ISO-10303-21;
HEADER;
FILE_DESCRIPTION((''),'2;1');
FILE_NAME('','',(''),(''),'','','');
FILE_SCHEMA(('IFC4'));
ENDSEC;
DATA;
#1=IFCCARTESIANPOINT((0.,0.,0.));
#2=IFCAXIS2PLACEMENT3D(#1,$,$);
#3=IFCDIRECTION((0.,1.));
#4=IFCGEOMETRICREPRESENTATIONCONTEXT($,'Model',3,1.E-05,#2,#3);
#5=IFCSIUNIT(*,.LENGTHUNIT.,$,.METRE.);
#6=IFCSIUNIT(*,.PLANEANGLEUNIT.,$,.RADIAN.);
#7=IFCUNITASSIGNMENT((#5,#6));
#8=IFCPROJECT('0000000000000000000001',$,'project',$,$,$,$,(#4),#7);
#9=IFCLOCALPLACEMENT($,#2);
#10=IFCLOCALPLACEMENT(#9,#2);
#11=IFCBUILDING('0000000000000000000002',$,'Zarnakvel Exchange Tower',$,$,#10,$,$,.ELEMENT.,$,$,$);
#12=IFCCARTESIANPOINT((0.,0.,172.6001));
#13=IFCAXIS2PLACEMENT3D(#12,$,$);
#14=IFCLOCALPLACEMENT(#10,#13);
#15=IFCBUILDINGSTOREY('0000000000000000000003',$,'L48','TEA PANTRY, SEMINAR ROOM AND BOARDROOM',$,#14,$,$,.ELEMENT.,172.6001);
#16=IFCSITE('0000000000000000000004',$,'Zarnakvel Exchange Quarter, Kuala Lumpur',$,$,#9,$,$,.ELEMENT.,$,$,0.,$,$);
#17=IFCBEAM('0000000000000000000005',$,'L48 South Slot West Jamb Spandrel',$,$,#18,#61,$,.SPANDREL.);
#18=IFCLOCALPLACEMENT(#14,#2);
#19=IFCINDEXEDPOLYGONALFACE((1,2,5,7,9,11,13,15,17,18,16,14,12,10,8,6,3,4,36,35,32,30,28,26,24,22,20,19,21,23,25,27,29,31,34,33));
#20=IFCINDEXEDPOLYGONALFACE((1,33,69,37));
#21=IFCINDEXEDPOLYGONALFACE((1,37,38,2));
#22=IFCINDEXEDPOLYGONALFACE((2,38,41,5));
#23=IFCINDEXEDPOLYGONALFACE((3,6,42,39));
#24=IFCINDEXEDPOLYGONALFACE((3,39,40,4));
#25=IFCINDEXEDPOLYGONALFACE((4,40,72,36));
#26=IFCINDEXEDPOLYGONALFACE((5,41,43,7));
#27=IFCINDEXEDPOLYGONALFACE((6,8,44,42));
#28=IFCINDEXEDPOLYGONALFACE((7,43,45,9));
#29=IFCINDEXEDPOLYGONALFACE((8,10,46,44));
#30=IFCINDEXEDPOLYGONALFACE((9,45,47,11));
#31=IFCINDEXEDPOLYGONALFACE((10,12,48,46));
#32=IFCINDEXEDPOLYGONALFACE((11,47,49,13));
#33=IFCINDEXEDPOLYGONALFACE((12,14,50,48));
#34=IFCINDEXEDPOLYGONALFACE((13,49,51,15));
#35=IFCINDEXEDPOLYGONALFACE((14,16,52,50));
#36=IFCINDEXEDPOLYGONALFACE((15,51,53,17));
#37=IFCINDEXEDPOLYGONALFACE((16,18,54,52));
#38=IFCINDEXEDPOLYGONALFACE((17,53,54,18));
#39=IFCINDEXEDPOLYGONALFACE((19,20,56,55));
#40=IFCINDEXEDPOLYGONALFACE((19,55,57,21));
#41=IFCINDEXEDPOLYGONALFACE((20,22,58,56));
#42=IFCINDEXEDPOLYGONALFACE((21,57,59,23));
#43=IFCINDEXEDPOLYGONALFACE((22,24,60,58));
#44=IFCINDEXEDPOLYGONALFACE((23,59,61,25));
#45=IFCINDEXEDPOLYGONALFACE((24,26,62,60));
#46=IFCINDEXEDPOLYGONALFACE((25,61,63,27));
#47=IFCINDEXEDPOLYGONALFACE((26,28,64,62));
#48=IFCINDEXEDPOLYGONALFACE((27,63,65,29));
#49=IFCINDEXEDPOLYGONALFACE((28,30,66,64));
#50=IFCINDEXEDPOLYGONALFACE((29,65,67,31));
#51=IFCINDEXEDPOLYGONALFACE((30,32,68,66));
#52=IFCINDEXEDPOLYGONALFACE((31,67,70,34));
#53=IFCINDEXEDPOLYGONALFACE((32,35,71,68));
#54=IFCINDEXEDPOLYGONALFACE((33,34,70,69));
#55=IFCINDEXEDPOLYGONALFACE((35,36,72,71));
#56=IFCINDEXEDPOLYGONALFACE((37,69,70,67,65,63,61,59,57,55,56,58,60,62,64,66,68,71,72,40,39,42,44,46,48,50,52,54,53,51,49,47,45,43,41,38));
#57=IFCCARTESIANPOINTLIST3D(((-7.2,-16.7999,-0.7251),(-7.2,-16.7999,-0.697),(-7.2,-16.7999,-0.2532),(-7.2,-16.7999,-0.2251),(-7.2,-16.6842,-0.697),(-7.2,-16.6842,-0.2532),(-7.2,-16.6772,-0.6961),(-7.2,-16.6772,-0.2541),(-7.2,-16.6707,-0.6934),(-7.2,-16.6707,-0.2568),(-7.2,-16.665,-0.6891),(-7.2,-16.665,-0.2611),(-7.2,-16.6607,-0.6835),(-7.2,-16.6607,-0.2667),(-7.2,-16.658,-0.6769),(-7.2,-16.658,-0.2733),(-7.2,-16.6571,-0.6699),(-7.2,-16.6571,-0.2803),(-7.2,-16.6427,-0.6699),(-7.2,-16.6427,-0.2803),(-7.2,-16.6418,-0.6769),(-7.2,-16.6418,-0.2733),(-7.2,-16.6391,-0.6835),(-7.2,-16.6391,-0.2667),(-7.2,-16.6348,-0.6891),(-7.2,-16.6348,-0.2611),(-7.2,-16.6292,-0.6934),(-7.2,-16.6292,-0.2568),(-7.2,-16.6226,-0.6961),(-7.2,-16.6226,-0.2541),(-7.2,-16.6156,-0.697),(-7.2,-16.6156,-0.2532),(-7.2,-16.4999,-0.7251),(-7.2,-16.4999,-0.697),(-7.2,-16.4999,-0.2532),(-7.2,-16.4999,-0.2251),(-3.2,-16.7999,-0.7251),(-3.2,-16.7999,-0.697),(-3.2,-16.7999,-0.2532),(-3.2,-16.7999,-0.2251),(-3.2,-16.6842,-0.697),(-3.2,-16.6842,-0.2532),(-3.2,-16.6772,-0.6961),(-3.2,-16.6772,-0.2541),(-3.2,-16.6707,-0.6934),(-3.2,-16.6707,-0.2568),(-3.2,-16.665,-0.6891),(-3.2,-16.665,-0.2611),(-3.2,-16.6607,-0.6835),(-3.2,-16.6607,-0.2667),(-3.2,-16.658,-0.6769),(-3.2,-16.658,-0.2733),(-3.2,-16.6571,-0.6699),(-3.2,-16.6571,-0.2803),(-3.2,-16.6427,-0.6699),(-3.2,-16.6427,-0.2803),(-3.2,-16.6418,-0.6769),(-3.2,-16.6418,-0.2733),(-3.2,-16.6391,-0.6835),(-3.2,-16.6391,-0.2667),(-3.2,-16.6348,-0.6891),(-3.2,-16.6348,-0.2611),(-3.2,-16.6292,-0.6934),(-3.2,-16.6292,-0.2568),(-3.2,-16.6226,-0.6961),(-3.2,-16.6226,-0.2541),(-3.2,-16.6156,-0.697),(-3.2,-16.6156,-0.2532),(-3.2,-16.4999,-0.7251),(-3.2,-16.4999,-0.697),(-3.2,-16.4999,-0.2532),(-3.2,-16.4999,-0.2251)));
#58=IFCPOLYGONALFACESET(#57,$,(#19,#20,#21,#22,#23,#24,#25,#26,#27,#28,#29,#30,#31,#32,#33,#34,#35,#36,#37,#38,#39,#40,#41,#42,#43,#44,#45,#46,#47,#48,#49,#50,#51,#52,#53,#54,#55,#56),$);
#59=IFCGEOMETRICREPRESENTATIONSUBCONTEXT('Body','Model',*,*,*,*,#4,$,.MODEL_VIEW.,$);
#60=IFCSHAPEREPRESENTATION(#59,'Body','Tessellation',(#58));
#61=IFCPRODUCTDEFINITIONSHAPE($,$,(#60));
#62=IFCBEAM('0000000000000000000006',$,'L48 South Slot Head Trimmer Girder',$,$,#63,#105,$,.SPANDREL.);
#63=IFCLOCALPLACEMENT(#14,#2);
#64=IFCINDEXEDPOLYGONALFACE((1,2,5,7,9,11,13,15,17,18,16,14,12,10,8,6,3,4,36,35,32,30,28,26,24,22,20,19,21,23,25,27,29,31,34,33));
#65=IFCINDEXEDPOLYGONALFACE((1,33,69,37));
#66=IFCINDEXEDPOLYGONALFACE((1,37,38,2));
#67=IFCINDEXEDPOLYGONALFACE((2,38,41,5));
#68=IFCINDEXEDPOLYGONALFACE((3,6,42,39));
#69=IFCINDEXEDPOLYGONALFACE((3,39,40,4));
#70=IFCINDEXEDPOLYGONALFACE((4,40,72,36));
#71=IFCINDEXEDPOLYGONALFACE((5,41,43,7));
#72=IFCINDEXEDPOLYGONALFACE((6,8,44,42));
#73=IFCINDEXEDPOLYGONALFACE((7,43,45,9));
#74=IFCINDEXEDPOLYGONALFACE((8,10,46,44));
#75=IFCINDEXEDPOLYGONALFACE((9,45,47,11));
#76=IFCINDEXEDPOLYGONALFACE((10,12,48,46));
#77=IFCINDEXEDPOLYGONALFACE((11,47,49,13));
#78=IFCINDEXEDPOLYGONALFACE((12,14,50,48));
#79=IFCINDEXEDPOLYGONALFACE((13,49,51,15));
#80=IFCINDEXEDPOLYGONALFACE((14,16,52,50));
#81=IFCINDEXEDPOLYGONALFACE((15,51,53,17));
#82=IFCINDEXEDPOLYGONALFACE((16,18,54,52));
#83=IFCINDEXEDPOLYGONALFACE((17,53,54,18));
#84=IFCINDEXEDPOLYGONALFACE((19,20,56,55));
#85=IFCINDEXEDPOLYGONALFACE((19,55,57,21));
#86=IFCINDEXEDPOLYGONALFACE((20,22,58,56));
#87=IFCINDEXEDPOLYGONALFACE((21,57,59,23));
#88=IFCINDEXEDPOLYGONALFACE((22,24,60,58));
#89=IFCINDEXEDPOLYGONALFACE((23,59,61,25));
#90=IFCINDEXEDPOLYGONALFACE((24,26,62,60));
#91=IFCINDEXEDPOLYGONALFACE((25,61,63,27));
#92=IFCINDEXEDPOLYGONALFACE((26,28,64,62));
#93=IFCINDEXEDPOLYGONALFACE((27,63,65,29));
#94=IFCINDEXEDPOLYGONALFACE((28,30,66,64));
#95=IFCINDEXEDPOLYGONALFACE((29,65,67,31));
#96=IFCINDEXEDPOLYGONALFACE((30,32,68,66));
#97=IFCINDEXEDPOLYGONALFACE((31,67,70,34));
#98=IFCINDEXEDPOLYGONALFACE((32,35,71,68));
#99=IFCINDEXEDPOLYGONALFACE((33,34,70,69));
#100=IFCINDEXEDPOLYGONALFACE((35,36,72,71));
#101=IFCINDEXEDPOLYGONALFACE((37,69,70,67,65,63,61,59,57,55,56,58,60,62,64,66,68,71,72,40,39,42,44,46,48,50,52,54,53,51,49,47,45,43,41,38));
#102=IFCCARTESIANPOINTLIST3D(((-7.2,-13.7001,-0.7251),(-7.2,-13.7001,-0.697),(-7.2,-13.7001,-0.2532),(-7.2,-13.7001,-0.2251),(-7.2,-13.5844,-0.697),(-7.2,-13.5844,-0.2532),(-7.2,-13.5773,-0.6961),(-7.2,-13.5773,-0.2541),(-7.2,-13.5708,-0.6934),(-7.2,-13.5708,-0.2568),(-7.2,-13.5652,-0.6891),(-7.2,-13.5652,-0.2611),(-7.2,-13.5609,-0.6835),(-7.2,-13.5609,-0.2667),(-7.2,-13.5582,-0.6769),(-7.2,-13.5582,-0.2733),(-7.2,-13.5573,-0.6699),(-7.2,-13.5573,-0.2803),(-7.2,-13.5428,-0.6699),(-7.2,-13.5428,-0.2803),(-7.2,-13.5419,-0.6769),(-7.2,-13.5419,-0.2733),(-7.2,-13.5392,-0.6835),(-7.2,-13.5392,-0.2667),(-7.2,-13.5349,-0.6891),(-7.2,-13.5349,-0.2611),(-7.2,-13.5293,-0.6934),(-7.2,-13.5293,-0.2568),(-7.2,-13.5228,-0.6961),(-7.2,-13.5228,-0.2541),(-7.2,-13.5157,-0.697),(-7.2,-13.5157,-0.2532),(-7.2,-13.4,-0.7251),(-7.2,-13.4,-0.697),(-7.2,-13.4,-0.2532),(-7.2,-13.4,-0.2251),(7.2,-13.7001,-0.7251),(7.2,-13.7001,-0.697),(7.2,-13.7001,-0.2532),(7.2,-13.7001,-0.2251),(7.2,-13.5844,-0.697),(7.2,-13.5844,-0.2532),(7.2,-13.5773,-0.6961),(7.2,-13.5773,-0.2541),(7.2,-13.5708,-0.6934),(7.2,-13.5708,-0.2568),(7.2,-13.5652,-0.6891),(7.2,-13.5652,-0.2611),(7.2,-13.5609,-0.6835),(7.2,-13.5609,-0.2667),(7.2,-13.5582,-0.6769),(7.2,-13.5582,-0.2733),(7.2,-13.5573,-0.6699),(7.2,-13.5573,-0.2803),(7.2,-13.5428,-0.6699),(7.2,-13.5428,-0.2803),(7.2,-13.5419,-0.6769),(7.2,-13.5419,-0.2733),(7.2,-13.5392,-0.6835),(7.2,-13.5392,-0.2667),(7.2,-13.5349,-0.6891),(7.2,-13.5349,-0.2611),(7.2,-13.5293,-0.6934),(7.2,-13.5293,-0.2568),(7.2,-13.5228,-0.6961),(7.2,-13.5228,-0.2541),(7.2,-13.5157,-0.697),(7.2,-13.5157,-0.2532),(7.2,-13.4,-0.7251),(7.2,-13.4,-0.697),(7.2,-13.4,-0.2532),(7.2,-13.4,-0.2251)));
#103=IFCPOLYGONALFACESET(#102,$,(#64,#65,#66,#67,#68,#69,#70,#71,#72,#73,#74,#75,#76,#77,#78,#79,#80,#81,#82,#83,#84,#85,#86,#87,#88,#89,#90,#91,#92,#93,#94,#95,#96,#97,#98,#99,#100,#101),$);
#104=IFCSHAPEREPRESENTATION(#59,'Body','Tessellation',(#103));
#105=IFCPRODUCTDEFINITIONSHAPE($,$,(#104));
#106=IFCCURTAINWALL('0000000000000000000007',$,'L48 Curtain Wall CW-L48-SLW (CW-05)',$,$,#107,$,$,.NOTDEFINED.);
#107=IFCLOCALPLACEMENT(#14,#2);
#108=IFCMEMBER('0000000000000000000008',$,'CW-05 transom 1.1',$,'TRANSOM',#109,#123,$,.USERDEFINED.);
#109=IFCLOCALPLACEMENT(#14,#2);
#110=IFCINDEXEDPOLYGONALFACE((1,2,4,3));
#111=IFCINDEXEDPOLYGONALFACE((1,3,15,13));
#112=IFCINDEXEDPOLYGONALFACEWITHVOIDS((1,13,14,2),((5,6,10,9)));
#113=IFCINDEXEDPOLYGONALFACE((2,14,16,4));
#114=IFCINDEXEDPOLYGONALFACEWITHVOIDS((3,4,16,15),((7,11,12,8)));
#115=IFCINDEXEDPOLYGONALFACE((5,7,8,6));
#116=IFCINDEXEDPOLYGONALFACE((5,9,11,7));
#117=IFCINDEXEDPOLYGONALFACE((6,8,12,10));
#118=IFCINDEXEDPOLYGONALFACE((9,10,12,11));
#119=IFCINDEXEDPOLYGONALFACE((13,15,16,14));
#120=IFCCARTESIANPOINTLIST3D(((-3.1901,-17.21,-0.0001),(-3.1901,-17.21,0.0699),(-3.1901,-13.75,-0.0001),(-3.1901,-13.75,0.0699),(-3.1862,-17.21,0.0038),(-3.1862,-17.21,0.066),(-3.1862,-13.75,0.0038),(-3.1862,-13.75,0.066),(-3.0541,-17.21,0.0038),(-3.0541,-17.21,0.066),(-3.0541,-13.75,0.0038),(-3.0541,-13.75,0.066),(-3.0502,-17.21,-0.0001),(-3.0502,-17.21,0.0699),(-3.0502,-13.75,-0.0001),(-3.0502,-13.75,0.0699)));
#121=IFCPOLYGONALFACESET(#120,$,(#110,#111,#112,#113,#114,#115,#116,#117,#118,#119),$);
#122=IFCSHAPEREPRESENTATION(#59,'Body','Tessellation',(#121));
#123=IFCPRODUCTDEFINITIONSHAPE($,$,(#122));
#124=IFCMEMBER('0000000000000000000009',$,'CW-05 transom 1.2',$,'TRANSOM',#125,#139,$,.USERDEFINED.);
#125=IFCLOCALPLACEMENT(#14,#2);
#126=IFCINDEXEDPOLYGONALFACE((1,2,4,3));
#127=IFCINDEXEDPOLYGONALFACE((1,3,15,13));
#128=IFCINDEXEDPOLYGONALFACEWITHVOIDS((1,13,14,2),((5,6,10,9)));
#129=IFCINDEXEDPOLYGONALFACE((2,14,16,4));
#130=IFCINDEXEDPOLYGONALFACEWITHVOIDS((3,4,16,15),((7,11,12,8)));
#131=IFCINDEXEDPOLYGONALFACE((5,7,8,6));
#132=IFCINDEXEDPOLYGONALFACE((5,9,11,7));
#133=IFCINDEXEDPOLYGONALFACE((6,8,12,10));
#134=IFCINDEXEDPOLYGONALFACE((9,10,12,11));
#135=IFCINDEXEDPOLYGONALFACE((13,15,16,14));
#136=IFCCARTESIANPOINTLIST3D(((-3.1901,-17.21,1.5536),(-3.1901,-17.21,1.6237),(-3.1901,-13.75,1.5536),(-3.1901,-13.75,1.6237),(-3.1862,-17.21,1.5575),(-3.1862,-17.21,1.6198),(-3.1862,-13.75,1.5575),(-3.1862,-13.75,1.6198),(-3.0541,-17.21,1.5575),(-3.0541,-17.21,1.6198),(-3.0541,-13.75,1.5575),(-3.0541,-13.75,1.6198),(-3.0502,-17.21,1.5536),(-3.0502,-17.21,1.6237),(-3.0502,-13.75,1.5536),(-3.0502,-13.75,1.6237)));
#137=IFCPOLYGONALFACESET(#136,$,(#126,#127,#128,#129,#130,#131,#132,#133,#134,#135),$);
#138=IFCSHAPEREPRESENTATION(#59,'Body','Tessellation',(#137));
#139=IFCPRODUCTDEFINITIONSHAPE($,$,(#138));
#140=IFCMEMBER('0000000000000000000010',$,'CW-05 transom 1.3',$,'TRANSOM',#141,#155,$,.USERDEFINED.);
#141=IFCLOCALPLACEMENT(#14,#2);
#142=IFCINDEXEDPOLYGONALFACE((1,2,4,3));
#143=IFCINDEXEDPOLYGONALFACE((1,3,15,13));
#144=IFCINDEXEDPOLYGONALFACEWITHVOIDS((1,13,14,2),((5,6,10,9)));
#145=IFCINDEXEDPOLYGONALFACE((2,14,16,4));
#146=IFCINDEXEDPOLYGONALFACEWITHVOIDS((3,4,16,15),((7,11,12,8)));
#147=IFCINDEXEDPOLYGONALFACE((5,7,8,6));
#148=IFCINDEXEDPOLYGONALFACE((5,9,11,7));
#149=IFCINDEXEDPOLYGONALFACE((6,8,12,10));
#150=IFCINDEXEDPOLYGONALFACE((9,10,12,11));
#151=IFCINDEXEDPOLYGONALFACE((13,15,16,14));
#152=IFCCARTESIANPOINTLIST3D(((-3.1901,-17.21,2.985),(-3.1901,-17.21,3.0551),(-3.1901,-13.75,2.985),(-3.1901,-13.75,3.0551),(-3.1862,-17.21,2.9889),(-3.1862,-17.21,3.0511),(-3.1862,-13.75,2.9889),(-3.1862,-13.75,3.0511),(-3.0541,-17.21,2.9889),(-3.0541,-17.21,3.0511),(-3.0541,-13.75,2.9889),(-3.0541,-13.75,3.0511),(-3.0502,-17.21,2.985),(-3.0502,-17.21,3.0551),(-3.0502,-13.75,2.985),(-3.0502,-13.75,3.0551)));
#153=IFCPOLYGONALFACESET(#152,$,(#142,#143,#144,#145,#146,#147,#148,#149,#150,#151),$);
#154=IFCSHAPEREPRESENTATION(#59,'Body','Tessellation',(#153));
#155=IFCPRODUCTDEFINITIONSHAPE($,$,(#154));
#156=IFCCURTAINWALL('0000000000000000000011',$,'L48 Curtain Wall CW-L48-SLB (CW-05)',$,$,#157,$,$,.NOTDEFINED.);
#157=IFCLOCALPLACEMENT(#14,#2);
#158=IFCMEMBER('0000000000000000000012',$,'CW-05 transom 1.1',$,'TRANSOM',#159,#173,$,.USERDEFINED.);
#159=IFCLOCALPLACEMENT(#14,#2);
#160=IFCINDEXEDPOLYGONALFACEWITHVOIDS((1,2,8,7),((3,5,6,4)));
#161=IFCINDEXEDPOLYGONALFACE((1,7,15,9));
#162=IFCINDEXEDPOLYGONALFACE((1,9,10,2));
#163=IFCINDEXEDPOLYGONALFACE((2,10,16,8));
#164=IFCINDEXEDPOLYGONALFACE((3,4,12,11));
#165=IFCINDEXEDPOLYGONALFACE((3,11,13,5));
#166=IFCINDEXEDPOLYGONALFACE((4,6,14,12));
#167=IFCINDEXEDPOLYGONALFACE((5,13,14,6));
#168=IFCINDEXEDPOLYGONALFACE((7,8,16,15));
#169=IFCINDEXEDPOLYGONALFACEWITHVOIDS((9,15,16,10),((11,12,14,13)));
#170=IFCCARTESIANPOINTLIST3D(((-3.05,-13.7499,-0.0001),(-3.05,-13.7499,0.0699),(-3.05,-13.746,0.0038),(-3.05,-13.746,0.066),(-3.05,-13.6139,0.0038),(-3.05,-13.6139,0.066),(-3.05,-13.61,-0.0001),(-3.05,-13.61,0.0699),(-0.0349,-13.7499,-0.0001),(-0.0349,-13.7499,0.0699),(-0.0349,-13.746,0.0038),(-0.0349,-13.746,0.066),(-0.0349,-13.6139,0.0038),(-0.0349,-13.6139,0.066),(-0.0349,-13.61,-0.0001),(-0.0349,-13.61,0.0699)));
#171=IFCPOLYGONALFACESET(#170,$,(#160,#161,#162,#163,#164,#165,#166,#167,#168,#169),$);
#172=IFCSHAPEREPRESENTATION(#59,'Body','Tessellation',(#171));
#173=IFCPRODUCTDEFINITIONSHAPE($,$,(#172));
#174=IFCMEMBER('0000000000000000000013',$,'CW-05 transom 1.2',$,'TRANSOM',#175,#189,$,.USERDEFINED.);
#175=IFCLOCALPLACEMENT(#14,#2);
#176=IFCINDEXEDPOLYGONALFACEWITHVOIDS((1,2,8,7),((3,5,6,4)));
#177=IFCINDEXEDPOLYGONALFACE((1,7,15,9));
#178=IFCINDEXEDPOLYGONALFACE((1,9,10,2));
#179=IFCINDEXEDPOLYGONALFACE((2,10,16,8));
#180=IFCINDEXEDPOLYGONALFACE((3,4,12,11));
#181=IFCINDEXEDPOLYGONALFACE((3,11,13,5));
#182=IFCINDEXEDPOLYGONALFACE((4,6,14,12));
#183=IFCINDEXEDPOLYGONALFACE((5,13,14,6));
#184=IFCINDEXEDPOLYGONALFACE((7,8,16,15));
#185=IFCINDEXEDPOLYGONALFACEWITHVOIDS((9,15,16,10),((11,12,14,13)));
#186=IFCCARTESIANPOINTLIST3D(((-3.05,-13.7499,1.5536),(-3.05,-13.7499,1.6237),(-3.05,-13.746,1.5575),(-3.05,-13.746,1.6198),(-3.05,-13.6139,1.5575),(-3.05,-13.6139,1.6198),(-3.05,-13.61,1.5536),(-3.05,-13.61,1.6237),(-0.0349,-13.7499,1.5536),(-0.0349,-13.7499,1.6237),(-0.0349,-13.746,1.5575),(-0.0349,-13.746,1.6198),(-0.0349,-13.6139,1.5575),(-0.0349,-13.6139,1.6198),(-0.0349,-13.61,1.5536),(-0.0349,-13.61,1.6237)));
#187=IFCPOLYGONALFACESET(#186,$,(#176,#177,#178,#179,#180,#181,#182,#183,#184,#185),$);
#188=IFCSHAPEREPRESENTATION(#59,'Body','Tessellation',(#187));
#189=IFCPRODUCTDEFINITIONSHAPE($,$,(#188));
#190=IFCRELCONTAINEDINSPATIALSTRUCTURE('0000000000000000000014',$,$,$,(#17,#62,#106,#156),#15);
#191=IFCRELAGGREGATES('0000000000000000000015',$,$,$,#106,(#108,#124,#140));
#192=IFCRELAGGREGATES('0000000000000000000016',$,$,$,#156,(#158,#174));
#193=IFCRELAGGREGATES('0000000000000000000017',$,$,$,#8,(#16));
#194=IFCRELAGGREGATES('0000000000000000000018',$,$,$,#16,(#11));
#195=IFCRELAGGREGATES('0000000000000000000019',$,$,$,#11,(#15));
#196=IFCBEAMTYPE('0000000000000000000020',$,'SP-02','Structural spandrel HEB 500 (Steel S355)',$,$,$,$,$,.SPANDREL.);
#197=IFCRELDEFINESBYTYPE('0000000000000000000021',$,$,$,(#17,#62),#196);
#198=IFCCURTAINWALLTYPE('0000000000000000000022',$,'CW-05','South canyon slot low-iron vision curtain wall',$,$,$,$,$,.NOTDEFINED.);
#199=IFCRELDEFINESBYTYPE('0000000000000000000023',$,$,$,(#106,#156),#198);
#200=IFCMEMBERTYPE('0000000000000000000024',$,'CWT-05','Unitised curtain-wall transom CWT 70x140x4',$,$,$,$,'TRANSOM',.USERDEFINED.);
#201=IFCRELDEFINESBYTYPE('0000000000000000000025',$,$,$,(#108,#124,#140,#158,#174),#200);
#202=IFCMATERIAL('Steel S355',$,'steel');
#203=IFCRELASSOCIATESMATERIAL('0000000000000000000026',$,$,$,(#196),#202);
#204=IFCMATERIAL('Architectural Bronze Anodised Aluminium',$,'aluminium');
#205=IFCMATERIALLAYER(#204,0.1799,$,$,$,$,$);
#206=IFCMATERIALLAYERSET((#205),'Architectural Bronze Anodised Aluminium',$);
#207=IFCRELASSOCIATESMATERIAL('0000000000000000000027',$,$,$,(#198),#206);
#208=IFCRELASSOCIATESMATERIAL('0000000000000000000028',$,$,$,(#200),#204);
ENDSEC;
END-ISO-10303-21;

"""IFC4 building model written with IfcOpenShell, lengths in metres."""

from ifc_helpers import new_model, si_unit, direction, frame, origin, origin_2d, place, context, subcontext, project, spatial, hollow_rectangle, i_section, extrude, source, transform, mapped, material, layer, layer_set, material_profile, profile_set, type_object, element, aggregate, save


model = new_model("IFC4")

# Units and contexts
model_context = context("Model", 3, precision=1e-05, world=origin(), true_north=direction((0.0, 1.0)))
body_context = subcontext(model_context, "Body", "Model", "MODEL_VIEW")
ifc_project = project(units=[si_unit("LENGTHUNIT", "METRE"), si_unit("PLANEANGLEUNIT", "RADIAN")], contexts=[model_context])

# Site, building, storey
site_placement = place(None, origin())
site = spatial("IfcSite", under=ifc_project, at=site_placement, Name="Zarnakvel Exchange Quarter, Kuala Lumpur", CompositionType="ELEMENT", RefElevation=0.0)
building_placement = place(site_placement, origin())
building = spatial("IfcBuilding", under=site, at=building_placement, Name="Zarnakvel Exchange Tower", CompositionType="ELEMENT")
storey_placement = place(building_placement, frame((0.0, 0.0, 172.6001)))
storey = spatial("IfcBuildingStorey", under=building, at=storey_placement, Name="L48", Description="TEA PANTRY, SEMINAR ROOM AND BOARDROOM", CompositionType="ELEMENT", Elevation=172.6001)

# Beams
ifc_material_1 = material(Name="Steel S355", Category="steel")
ifc_material_profile_1 = material_profile(ifc_material_1, i_section(OverallWidth=0.3, OverallDepth=0.5, WebThickness=0.0144, FlangeThickness=0.0281, FilletRadius=0.0271, at=origin_2d()))
ifc_profile_set_1 = profile_set([ifc_material_profile_1], Name="Steel S355")
beam_type_1 = type_object("IfcBeamType", Name="SP-02", Description="Structural spandrel HEB 500 (Steel S355)", PredefinedType="SPANDREL", material=ifc_profile_set_1)
beam_1_placement = place(storey_placement, frame((-7.2, -16.6499, -0.4751), z_axis=(1.0, 0.0, 0.0), x_axis=(0.0, 1.0, 0.0)))
element("IfcBeam", 1, at=beam_1_placement, inside=storey, type_object=beam_type_1, Name="L48 South Slot West Jamb Spandrel", PredefinedType="SPANDREL", context=body_context, shape_type="SweptSolid", body=[
    extrude(i_section(OverallWidth=0.3, OverallDepth=0.5, WebThickness=0.0144, FlangeThickness=0.0281, FilletRadius=0.0271, at=origin_2d()), origin(), (0.0, 0.0, 1.0), 4.0),
])
beam_2_placement = place(storey_placement, frame((-7.2, -13.55, -0.4751), z_axis=(1.0, 0.0, 0.0), x_axis=(0.0, 1.0, 0.0)))
element("IfcBeam", 2, at=beam_2_placement, inside=storey, type_object=beam_type_1, Name="L48 South Slot Head Trimmer Girder", PredefinedType="SPANDREL", context=body_context, shape_type="SweptSolid", body=[
    extrude(i_section(OverallWidth=0.3, OverallDepth=0.5, WebThickness=0.0144, FlangeThickness=0.0281, FilletRadius=0.0271, at=origin_2d()), origin(), (0.0, 0.0, 1.0), 14.3999),
])

# Curtain walls, members
ifc_material_2 = material(Name="Architectural Bronze Anodised Aluminium", Category="aluminium")
ifc_layer_1 = layer(ifc_material_2, 0.1799)
ifc_layer_set_1 = layer_set([ifc_layer_1], Name="Architectural Bronze Anodised Aluminium")
curtain_wall_type = type_object("IfcCurtainWallType", Name="CW-05", Description="South canyon slot low-iron vision curtain wall", PredefinedType="NOTDEFINED", material=ifc_layer_set_1)
curtain_wall_1_placement = place(storey_placement, origin())
curtain_wall_1 = element("IfcCurtainWall", 3, at=curtain_wall_1_placement, inside=storey, type_object=curtain_wall_type, Name="L48 Curtain Wall CW-L48-SLW (CW-05)", PredefinedType="NOTDEFINED")
ifc_material_profile_2 = material_profile(ifc_material_2, hollow_rectangle(XDim=0.1399, YDim=0.0701, WallThickness=0.0039, at=origin_2d()))
ifc_profile_set_2 = profile_set([ifc_material_profile_2], Name="Architectural Bronze Anodised Aluminium")
member_type_1 = type_object("IfcMemberType", Name="CWT-05", Description="Unitised curtain-wall transom CWT 70x140x4", ElementType="TRANSOM", PredefinedType="USERDEFINED", material=ifc_profile_set_2)
shared_shape_1 = source(origin(), body_context, "Body", "SweptSolid", [
    extrude(hollow_rectangle(XDim=0.1399, YDim=0.0701, WallThickness=0.0039, at=origin_2d()), origin(), (0.0, 0.0, 1.0), 3.46),
])
member_1_placement = place(storey_placement, frame((-3.1201, -17.21, 0.0349), z_axis=(0.0, 1.0, 0.0), x_axis=(-1.0, 0.0, 0.0)))
member_1 = element("IfcMember", 4, at=member_1_placement, type_object=member_type_1, Name="CW-05 transom 1.1", ObjectType="TRANSOM", PredefinedType="USERDEFINED", context=body_context, shape_type="MappedRepresentation", body=[
    mapped(shared_shape_1, transform((0.0, 0.0, 0.0), x_axis=(1.0, 0.0, 0.0), y_axis=(0.0, 1.0, 0.0), z_axis=(0.0, 0.0, 1.0), scale=1.0)),
])
member_2_placement = place(storey_placement, frame((-3.1201, -17.21, 1.5886), z_axis=(0.0, 1.0, 0.0), x_axis=(-1.0, 0.0, 0.0)))
member_2 = element("IfcMember", 5, at=member_2_placement, type_object=member_type_1, Name="CW-05 transom 1.2", ObjectType="TRANSOM", PredefinedType="USERDEFINED", context=body_context, shape_type="MappedRepresentation", body=[
    mapped(shared_shape_1, transform((0.0, 0.0, 0.0), x_axis=(1.0, 0.0, 0.0), y_axis=(0.0, 1.0, 0.0), z_axis=(0.0, 0.0, 1.0), scale=1.0)),
])
member_3_placement = place(storey_placement, frame((-3.1201, -17.21, 3.02), z_axis=(0.0, 1.0, 0.0), x_axis=(-1.0, 0.0, 0.0)))
member_3 = element("IfcMember", 6, at=member_3_placement, type_object=member_type_1, Name="CW-05 transom 1.3", ObjectType="TRANSOM", PredefinedType="USERDEFINED", context=body_context, shape_type="MappedRepresentation", body=[
    mapped(shared_shape_1, transform((0.0, 0.0, 0.0), x_axis=(1.0, 0.0, 0.0), y_axis=(0.0, 1.0, 0.0), z_axis=(0.0, 0.0, 1.0), scale=1.0)),
])
curtain_wall_2_placement = place(storey_placement, origin())
curtain_wall_2 = element("IfcCurtainWall", 7, at=curtain_wall_2_placement, inside=storey, type_object=curtain_wall_type, Name="L48 Curtain Wall CW-L48-SLB (CW-05)", PredefinedType="NOTDEFINED")
shared_shape_2 = source(origin(), body_context, "Body", "SweptSolid", [
    extrude(hollow_rectangle(XDim=0.1399, YDim=0.0701, WallThickness=0.0039, at=origin_2d()), origin(), (0.0, 0.0, 1.0), 3.0151),
])
member_4_placement = place(storey_placement, frame((-3.05, -13.6799, 0.0349), z_axis=(1.0, 0.0, 0.0), x_axis=(0.0, 1.0, 0.0)))
member_4 = element("IfcMember", 8, at=member_4_placement, type_object=member_type_1, Name="CW-05 transom 1.1", ObjectType="TRANSOM", PredefinedType="USERDEFINED", context=body_context, shape_type="MappedRepresentation", body=[
    mapped(shared_shape_2, transform((0.0, 0.0, 0.0), x_axis=(1.0, 0.0, 0.0), y_axis=(0.0, 1.0, 0.0), z_axis=(0.0, 0.0, 1.0), scale=1.0)),
])
member_5_placement = place(storey_placement, frame((-3.05, -13.6799, 1.5886), z_axis=(1.0, 0.0, 0.0), x_axis=(0.0, 1.0, 0.0)))
member_5 = element("IfcMember", 9, at=member_5_placement, type_object=member_type_1, Name="CW-05 transom 1.2", ObjectType="TRANSOM", PredefinedType="USERDEFINED", context=body_context, shape_type="MappedRepresentation", body=[
    mapped(shared_shape_2, transform((0.0, 0.0, 0.0), x_axis=(1.0, 0.0, 0.0), y_axis=(0.0, 1.0, 0.0), z_axis=(0.0, 0.0, 1.0), scale=1.0)),
])

aggregate(curtain_wall_1, [member_1, member_2, member_3])
aggregate(curtain_wall_2, [member_4, member_5])

save(model, "model.ifc")
